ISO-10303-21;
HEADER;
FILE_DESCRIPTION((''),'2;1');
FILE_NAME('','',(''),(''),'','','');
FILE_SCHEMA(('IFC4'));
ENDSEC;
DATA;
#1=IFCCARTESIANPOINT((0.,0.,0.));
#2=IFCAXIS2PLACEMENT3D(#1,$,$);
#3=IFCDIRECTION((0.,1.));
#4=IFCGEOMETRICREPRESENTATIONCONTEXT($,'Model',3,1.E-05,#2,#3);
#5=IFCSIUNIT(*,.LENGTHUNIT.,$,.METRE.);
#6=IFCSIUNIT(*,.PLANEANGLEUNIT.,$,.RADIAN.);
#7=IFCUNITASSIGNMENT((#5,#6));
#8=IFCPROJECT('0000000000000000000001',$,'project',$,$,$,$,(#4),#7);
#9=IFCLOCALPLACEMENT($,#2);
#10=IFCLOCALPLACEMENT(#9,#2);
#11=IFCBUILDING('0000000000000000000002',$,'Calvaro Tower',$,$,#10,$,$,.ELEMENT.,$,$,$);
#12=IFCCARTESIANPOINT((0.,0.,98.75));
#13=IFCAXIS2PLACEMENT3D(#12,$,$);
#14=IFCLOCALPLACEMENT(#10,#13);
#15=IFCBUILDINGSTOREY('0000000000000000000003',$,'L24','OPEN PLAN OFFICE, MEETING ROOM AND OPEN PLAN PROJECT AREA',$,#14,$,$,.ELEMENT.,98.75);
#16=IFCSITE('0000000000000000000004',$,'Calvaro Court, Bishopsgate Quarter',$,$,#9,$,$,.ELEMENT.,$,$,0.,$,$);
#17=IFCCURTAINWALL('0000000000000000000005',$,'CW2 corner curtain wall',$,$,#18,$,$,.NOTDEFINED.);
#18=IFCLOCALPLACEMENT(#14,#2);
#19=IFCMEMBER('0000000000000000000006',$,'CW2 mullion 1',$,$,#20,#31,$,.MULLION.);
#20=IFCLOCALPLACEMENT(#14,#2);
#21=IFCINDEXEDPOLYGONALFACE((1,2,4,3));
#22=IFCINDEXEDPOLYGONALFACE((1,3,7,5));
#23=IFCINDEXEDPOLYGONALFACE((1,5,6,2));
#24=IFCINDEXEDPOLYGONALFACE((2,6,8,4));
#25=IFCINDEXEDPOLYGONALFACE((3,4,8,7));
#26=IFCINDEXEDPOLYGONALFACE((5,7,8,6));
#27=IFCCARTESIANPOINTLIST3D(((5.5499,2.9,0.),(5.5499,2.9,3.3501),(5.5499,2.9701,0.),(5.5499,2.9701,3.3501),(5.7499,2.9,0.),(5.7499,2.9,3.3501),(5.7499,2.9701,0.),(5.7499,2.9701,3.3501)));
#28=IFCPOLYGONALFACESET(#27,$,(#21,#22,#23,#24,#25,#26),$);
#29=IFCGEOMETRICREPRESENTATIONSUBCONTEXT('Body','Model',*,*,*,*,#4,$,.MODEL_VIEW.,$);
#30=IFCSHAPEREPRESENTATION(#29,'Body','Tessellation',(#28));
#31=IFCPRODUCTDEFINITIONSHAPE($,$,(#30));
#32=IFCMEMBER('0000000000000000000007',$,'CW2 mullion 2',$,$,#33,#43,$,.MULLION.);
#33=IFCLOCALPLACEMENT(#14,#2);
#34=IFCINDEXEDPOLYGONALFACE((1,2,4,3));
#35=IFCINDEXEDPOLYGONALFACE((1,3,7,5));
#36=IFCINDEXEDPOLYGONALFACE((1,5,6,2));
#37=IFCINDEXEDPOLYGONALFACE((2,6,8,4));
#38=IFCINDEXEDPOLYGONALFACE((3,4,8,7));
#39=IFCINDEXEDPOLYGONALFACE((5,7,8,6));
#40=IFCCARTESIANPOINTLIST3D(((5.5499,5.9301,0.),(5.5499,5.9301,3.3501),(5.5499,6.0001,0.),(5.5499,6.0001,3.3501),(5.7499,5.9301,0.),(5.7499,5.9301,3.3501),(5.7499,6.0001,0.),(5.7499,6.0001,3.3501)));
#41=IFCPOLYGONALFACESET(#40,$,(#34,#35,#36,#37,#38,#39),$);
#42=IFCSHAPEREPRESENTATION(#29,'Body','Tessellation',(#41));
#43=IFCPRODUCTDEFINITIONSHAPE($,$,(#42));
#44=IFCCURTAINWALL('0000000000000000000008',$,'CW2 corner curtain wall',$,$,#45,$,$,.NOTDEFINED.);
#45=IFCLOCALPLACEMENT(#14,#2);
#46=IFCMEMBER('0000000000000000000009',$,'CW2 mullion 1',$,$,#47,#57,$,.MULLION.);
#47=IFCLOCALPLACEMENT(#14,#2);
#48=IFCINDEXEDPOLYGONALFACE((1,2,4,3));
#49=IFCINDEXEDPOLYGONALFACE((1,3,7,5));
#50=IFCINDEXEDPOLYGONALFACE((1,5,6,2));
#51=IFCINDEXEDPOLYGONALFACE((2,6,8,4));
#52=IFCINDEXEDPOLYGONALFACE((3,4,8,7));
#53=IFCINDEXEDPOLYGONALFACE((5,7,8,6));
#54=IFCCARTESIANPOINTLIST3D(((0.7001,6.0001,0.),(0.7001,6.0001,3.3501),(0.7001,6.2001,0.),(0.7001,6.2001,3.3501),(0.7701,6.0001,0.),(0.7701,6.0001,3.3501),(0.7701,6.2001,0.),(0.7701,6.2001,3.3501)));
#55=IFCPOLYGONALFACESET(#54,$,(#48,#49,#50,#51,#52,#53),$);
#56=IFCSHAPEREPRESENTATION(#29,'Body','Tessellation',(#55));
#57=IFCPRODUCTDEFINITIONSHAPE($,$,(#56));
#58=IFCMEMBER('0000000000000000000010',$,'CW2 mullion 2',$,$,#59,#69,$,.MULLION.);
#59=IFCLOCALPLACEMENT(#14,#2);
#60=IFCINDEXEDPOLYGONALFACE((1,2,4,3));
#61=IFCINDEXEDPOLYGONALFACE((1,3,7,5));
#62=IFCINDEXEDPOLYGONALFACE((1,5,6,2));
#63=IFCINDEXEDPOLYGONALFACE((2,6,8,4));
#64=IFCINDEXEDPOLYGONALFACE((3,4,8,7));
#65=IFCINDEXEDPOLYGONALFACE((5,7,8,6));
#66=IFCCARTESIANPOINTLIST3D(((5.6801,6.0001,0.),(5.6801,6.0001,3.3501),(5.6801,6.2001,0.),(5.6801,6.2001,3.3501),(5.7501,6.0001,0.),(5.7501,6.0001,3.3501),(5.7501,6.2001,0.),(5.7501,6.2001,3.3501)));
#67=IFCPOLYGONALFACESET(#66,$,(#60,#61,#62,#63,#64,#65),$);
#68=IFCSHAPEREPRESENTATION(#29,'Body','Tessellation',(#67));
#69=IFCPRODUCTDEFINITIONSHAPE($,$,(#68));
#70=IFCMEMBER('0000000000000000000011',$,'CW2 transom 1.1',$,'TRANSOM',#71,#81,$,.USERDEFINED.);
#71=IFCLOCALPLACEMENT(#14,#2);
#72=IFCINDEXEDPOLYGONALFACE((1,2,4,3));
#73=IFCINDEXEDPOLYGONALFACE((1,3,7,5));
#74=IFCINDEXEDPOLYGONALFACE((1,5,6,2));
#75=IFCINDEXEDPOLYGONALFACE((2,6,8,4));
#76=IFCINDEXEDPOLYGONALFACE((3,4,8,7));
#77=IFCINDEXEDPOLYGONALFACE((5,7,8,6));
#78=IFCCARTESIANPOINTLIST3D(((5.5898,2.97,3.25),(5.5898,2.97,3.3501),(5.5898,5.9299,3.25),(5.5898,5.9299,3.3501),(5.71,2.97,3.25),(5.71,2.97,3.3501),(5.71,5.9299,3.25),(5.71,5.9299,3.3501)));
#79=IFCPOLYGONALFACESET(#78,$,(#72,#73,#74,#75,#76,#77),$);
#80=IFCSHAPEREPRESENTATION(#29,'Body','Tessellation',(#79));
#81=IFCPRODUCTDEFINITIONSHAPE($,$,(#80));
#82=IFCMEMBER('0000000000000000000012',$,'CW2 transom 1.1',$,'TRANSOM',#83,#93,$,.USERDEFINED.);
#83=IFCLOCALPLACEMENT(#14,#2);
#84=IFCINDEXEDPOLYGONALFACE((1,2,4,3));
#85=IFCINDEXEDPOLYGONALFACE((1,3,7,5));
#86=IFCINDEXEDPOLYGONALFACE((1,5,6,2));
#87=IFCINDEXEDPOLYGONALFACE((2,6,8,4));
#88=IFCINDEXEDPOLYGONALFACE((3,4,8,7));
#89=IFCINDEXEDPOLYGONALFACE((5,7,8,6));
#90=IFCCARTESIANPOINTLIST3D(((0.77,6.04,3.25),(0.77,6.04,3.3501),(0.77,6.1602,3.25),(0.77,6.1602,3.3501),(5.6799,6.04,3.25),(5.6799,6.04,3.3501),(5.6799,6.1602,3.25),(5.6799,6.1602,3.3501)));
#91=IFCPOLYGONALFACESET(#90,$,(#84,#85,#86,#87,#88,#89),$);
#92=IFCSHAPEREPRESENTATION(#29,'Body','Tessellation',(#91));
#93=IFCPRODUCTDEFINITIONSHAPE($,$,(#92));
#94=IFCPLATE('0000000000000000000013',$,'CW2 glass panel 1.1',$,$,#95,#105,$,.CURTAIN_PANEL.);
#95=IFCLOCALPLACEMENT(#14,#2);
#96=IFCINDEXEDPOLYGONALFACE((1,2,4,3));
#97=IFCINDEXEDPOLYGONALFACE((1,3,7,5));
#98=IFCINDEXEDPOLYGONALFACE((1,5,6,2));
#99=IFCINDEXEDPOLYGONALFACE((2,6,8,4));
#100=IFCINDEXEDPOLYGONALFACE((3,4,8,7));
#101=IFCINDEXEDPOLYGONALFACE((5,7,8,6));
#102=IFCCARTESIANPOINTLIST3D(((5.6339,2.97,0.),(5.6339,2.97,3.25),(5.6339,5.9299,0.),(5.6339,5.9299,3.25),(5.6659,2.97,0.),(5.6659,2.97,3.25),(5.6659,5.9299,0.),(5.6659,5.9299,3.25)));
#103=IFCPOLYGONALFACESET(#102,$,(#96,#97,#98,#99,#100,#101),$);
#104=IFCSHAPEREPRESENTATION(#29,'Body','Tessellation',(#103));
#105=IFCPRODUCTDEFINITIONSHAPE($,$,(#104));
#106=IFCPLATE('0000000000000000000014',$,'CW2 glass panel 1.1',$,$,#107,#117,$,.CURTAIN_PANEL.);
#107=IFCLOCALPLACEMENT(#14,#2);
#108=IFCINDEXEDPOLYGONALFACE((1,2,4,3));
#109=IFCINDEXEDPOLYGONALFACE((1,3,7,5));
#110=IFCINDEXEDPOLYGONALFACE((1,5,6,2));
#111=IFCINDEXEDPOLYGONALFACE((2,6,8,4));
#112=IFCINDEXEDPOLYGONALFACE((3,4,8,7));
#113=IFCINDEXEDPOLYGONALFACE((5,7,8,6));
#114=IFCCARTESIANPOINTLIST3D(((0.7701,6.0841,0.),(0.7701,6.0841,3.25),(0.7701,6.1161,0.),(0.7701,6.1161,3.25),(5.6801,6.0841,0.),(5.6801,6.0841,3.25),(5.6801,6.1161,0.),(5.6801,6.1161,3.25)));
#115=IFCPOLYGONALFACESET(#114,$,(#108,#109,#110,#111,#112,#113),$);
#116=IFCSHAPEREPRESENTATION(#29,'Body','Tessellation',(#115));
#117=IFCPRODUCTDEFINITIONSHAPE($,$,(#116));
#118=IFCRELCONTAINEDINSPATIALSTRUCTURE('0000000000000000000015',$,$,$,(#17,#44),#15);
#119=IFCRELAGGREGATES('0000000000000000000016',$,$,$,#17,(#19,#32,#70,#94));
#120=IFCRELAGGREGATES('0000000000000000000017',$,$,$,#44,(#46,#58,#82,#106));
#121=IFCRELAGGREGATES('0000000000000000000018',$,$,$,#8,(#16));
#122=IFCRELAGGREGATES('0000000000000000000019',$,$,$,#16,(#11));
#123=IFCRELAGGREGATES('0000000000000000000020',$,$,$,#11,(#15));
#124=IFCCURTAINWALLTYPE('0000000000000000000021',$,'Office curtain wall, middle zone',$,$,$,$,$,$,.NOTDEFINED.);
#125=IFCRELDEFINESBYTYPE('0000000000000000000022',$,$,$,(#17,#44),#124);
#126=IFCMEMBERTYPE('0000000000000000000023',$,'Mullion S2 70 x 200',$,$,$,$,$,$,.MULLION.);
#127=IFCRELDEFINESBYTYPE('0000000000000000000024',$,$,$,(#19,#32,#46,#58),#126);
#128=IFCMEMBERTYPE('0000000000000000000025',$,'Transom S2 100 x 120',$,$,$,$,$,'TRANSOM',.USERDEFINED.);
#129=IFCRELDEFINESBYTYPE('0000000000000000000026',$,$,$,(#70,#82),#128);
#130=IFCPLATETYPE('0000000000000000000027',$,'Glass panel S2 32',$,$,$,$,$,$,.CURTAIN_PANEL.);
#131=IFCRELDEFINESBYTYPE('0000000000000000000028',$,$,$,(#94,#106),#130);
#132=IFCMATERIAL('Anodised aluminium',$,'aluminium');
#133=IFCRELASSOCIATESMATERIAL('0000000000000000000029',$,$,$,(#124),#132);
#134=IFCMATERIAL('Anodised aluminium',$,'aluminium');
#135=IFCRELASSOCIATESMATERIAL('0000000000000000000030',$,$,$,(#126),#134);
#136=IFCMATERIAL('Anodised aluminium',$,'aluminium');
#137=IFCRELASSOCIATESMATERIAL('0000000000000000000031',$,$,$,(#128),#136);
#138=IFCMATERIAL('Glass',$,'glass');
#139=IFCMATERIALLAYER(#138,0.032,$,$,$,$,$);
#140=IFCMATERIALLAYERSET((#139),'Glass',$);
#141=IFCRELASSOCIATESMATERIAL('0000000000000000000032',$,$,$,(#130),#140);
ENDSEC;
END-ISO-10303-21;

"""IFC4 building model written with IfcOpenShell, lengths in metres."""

from ifc_helpers import new_model, si_unit, direction, frame, origin, origin_2d, place, context, subcontext, project, spatial, rectangle, extrude, material, layer, layer_set, material_profile, profile_set, type_object, element, aggregate, save


model = new_model("IFC4")

# Units and contexts
model_context = context("Model", 3, precision=1e-05, world=origin(), true_north=direction((0.0, 1.0)))
body_context = subcontext(model_context, "Body", "Model", "MODEL_VIEW")
ifc_project = project(units=[si_unit("LENGTHUNIT", "METRE"), si_unit("PLANEANGLEUNIT", "RADIAN")], contexts=[model_context])

# Site, building, storey
site_placement = place(None, origin())
site = spatial("IfcSite", under=ifc_project, at=site_placement, Name="Calvaro Court, Bishopsgate Quarter", CompositionType="ELEMENT", RefElevation=0.0)
building_placement = place(site_placement, origin())
building = spatial("IfcBuilding", under=site, at=building_placement, Name="Calvaro Tower", CompositionType="ELEMENT")
storey_placement = place(building_placement, frame((0.0, 0.0, 98.75)))
storey = spatial("IfcBuildingStorey", under=building, at=storey_placement, Name="L24", Description="OPEN PLAN OFFICE, MEETING ROOM AND OPEN PLAN PROJECT AREA", CompositionType="ELEMENT", Elevation=98.75)

# Curtain walls, members
ifc_material_1 = material(Name="Anodised aluminium", Category="aluminium")
curtain_wall_type = type_object("IfcCurtainWallType", Name="Office curtain wall, middle zone", PredefinedType="NOTDEFINED", material=ifc_material_1)
curtain_wall_1_placement = place(storey_placement, origin())
curtain_wall_1 = element("IfcCurtainWall", 1, at=curtain_wall_1_placement, inside=storey, type_object=curtain_wall_type, Name="CW2 corner curtain wall", PredefinedType="NOTDEFINED")
ifc_material_2 = material(Name="Anodised aluminium", Category="aluminium")
ifc_material_profile_1 = material_profile(ifc_material_2, rectangle(XDim=0.2, YDim=0.0701, at=origin_2d()), Name="Mullion S2 70 x 200")
ifc_profile_set_1 = profile_set([ifc_material_profile_1], Name="Anodised aluminium")
member_type_1 = type_object("IfcMemberType", Name="Mullion S2 70 x 200", PredefinedType="MULLION", material=ifc_profile_set_1)
member_1_placement = place(storey_placement, frame((5.6499, 2.9351, 0.0), z_axis=(0.0, 0.0, 1.0), x_axis=(-1.0, 0.0, 0.0)))
member_1 = element("IfcMember", 2, at=member_1_placement, type_object=member_type_1, Name="CW2 mullion 1", PredefinedType="MULLION", context=body_context, shape_type="SweptSolid", body=[
    extrude(rectangle(XDim=0.2, YDim=0.0701, at=origin_2d()), origin(), (0.0, 0.0, 1.0), 3.3501),
])
member_2_placement = place(storey_placement, frame((5.6499, 5.9651, 0.0), z_axis=(0.0, 0.0, 1.0), x_axis=(-1.0, 0.0, 0.0)))
member_2 = element("IfcMember", 3, at=member_2_placement, type_object=member_type_1, Name="CW2 mullion 2", PredefinedType="MULLION", context=body_context, shape_type="SweptSolid", body=[
    extrude(rectangle(XDim=0.2, YDim=0.0701, at=origin_2d()), origin(), (0.0, 0.0, 1.0), 3.3501),
])
curtain_wall_2_placement = place(storey_placement, origin())
curtain_wall_2 = element("IfcCurtainWall", 4, at=curtain_wall_2_placement, inside=storey, type_object=curtain_wall_type, Name="CW2 corner curtain wall", PredefinedType="NOTDEFINED")
member_3_placement = place(storey_placement, frame((0.7351, 6.1001, 0.0), z_axis=(0.0, 0.0, 1.0), x_axis=(0.0, 1.0, 0.0)))
member_3 = element("IfcMember", 5, at=member_3_placement, type_object=member_type_1, Name="CW2 mullion 1", PredefinedType="MULLION", context=body_context, shape_type="SweptSolid", body=[
    extrude(rectangle(XDim=0.2, YDim=0.0701, at=origin_2d()), origin(), (0.0, 0.0, 1.0), 3.3501),
])
member_4_placement = place(storey_placement, frame((5.7151, 6.1001, 0.0), z_axis=(0.0, 0.0, 1.0), x_axis=(0.0, 1.0, 0.0)))
member_4 = element("IfcMember", 6, at=member_4_placement, type_object=member_type_1, Name="CW2 mullion 2", PredefinedType="MULLION", context=body_context, shape_type="SweptSolid", body=[
    extrude(rectangle(XDim=0.2, YDim=0.0701, at=origin_2d()), origin(), (0.0, 0.0, 1.0), 3.3501),
])

# Members
ifc_material_3 = material(Name="Anodised aluminium", Category="aluminium")
ifc_material_profile_2 = material_profile(ifc_material_3, rectangle(XDim=0.1201, YDim=0.1001, at=origin_2d()), Name="Transom S2 100 x 120")
ifc_profile_set_2 = profile_set([ifc_material_profile_2], Name="Anodised aluminium")
member_type_2 = type_object("IfcMemberType", Name="Transom S2 100 x 120", ElementType="TRANSOM", PredefinedType="USERDEFINED", material=ifc_profile_set_2)
member_5_placement = place(storey_placement, frame((5.6499, 2.97, 3.3), z_axis=(0.0, 1.0, 0.0), x_axis=(-1.0, 0.0, 0.0)))
member_5 = element("IfcMember", 7, at=member_5_placement, type_object=member_type_2, Name="CW2 transom 1.1", ObjectType="TRANSOM", PredefinedType="USERDEFINED", context=body_context, shape_type="SweptSolid", body=[
    extrude(rectangle(XDim=0.1201, YDim=0.1001, at=origin_2d()), origin(), (0.0, 0.0, 1.0), 2.96),
])
member_6_placement = place(storey_placement, frame((0.77, 6.1001, 3.3), z_axis=(1.0, 0.0, 0.0), x_axis=(0.0, 1.0, 0.0)))
member_6 = element("IfcMember", 8, at=member_6_placement, type_object=member_type_2, Name="CW2 transom 1.1", ObjectType="TRANSOM", PredefinedType="USERDEFINED", context=body_context, shape_type="SweptSolid", body=[
    extrude(rectangle(XDim=0.1201, YDim=0.1001, at=origin_2d()), origin(), (0.0, 0.0, 1.0), 4.9099),
])

# Plates
ifc_material_4 = material(Name="Glass", Category="glass")
ifc_layer_1 = layer(ifc_material_4, 0.032)
ifc_layer_set_1 = layer_set([ifc_layer_1], Name="Glass")
plate_type = type_object("IfcPlateType", Name="Glass panel S2 32", PredefinedType="CURTAIN_PANEL", material=ifc_layer_set_1)
plate_1_placement = place(storey_placement, frame((5.6499, 4.45, 0.0), z_axis=(0.0, 0.0, 1.0), x_axis=(0.0, 1.0, 0.0)))
plate_1 = element("IfcPlate", 9, at=plate_1_placement, type_object=plate_type, Name="CW2 glass panel 1.1", PredefinedType="CURTAIN_PANEL", context=body_context, shape_type="SweptSolid", body=[
    extrude(rectangle(XDim=2.96, YDim=0.032, at=origin_2d()), origin(), (0.0, 0.0, 1.0), 3.25),
])
aggregate(curtain_wall_1, [member_1, member_2, member_5, plate_1])
plate_2_placement = place(storey_placement, frame((3.2251, 6.1001, 0.0), z_axis=(0.0, 0.0, 1.0), x_axis=(1.0, 0.0, 0.0)))
plate_2 = element("IfcPlate", 10, at=plate_2_placement, type_object=plate_type, Name="CW2 glass panel 1.1", PredefinedType="CURTAIN_PANEL", context=body_context, shape_type="SweptSolid", body=[
    extrude(rectangle(XDim=4.9099, YDim=0.032, at=origin_2d()), origin(), (0.0, 0.0, 1.0), 3.25),
])
aggregate(curtain_wall_2, [member_3, member_4, member_6, plate_2])

save(model, "model.ifc")
